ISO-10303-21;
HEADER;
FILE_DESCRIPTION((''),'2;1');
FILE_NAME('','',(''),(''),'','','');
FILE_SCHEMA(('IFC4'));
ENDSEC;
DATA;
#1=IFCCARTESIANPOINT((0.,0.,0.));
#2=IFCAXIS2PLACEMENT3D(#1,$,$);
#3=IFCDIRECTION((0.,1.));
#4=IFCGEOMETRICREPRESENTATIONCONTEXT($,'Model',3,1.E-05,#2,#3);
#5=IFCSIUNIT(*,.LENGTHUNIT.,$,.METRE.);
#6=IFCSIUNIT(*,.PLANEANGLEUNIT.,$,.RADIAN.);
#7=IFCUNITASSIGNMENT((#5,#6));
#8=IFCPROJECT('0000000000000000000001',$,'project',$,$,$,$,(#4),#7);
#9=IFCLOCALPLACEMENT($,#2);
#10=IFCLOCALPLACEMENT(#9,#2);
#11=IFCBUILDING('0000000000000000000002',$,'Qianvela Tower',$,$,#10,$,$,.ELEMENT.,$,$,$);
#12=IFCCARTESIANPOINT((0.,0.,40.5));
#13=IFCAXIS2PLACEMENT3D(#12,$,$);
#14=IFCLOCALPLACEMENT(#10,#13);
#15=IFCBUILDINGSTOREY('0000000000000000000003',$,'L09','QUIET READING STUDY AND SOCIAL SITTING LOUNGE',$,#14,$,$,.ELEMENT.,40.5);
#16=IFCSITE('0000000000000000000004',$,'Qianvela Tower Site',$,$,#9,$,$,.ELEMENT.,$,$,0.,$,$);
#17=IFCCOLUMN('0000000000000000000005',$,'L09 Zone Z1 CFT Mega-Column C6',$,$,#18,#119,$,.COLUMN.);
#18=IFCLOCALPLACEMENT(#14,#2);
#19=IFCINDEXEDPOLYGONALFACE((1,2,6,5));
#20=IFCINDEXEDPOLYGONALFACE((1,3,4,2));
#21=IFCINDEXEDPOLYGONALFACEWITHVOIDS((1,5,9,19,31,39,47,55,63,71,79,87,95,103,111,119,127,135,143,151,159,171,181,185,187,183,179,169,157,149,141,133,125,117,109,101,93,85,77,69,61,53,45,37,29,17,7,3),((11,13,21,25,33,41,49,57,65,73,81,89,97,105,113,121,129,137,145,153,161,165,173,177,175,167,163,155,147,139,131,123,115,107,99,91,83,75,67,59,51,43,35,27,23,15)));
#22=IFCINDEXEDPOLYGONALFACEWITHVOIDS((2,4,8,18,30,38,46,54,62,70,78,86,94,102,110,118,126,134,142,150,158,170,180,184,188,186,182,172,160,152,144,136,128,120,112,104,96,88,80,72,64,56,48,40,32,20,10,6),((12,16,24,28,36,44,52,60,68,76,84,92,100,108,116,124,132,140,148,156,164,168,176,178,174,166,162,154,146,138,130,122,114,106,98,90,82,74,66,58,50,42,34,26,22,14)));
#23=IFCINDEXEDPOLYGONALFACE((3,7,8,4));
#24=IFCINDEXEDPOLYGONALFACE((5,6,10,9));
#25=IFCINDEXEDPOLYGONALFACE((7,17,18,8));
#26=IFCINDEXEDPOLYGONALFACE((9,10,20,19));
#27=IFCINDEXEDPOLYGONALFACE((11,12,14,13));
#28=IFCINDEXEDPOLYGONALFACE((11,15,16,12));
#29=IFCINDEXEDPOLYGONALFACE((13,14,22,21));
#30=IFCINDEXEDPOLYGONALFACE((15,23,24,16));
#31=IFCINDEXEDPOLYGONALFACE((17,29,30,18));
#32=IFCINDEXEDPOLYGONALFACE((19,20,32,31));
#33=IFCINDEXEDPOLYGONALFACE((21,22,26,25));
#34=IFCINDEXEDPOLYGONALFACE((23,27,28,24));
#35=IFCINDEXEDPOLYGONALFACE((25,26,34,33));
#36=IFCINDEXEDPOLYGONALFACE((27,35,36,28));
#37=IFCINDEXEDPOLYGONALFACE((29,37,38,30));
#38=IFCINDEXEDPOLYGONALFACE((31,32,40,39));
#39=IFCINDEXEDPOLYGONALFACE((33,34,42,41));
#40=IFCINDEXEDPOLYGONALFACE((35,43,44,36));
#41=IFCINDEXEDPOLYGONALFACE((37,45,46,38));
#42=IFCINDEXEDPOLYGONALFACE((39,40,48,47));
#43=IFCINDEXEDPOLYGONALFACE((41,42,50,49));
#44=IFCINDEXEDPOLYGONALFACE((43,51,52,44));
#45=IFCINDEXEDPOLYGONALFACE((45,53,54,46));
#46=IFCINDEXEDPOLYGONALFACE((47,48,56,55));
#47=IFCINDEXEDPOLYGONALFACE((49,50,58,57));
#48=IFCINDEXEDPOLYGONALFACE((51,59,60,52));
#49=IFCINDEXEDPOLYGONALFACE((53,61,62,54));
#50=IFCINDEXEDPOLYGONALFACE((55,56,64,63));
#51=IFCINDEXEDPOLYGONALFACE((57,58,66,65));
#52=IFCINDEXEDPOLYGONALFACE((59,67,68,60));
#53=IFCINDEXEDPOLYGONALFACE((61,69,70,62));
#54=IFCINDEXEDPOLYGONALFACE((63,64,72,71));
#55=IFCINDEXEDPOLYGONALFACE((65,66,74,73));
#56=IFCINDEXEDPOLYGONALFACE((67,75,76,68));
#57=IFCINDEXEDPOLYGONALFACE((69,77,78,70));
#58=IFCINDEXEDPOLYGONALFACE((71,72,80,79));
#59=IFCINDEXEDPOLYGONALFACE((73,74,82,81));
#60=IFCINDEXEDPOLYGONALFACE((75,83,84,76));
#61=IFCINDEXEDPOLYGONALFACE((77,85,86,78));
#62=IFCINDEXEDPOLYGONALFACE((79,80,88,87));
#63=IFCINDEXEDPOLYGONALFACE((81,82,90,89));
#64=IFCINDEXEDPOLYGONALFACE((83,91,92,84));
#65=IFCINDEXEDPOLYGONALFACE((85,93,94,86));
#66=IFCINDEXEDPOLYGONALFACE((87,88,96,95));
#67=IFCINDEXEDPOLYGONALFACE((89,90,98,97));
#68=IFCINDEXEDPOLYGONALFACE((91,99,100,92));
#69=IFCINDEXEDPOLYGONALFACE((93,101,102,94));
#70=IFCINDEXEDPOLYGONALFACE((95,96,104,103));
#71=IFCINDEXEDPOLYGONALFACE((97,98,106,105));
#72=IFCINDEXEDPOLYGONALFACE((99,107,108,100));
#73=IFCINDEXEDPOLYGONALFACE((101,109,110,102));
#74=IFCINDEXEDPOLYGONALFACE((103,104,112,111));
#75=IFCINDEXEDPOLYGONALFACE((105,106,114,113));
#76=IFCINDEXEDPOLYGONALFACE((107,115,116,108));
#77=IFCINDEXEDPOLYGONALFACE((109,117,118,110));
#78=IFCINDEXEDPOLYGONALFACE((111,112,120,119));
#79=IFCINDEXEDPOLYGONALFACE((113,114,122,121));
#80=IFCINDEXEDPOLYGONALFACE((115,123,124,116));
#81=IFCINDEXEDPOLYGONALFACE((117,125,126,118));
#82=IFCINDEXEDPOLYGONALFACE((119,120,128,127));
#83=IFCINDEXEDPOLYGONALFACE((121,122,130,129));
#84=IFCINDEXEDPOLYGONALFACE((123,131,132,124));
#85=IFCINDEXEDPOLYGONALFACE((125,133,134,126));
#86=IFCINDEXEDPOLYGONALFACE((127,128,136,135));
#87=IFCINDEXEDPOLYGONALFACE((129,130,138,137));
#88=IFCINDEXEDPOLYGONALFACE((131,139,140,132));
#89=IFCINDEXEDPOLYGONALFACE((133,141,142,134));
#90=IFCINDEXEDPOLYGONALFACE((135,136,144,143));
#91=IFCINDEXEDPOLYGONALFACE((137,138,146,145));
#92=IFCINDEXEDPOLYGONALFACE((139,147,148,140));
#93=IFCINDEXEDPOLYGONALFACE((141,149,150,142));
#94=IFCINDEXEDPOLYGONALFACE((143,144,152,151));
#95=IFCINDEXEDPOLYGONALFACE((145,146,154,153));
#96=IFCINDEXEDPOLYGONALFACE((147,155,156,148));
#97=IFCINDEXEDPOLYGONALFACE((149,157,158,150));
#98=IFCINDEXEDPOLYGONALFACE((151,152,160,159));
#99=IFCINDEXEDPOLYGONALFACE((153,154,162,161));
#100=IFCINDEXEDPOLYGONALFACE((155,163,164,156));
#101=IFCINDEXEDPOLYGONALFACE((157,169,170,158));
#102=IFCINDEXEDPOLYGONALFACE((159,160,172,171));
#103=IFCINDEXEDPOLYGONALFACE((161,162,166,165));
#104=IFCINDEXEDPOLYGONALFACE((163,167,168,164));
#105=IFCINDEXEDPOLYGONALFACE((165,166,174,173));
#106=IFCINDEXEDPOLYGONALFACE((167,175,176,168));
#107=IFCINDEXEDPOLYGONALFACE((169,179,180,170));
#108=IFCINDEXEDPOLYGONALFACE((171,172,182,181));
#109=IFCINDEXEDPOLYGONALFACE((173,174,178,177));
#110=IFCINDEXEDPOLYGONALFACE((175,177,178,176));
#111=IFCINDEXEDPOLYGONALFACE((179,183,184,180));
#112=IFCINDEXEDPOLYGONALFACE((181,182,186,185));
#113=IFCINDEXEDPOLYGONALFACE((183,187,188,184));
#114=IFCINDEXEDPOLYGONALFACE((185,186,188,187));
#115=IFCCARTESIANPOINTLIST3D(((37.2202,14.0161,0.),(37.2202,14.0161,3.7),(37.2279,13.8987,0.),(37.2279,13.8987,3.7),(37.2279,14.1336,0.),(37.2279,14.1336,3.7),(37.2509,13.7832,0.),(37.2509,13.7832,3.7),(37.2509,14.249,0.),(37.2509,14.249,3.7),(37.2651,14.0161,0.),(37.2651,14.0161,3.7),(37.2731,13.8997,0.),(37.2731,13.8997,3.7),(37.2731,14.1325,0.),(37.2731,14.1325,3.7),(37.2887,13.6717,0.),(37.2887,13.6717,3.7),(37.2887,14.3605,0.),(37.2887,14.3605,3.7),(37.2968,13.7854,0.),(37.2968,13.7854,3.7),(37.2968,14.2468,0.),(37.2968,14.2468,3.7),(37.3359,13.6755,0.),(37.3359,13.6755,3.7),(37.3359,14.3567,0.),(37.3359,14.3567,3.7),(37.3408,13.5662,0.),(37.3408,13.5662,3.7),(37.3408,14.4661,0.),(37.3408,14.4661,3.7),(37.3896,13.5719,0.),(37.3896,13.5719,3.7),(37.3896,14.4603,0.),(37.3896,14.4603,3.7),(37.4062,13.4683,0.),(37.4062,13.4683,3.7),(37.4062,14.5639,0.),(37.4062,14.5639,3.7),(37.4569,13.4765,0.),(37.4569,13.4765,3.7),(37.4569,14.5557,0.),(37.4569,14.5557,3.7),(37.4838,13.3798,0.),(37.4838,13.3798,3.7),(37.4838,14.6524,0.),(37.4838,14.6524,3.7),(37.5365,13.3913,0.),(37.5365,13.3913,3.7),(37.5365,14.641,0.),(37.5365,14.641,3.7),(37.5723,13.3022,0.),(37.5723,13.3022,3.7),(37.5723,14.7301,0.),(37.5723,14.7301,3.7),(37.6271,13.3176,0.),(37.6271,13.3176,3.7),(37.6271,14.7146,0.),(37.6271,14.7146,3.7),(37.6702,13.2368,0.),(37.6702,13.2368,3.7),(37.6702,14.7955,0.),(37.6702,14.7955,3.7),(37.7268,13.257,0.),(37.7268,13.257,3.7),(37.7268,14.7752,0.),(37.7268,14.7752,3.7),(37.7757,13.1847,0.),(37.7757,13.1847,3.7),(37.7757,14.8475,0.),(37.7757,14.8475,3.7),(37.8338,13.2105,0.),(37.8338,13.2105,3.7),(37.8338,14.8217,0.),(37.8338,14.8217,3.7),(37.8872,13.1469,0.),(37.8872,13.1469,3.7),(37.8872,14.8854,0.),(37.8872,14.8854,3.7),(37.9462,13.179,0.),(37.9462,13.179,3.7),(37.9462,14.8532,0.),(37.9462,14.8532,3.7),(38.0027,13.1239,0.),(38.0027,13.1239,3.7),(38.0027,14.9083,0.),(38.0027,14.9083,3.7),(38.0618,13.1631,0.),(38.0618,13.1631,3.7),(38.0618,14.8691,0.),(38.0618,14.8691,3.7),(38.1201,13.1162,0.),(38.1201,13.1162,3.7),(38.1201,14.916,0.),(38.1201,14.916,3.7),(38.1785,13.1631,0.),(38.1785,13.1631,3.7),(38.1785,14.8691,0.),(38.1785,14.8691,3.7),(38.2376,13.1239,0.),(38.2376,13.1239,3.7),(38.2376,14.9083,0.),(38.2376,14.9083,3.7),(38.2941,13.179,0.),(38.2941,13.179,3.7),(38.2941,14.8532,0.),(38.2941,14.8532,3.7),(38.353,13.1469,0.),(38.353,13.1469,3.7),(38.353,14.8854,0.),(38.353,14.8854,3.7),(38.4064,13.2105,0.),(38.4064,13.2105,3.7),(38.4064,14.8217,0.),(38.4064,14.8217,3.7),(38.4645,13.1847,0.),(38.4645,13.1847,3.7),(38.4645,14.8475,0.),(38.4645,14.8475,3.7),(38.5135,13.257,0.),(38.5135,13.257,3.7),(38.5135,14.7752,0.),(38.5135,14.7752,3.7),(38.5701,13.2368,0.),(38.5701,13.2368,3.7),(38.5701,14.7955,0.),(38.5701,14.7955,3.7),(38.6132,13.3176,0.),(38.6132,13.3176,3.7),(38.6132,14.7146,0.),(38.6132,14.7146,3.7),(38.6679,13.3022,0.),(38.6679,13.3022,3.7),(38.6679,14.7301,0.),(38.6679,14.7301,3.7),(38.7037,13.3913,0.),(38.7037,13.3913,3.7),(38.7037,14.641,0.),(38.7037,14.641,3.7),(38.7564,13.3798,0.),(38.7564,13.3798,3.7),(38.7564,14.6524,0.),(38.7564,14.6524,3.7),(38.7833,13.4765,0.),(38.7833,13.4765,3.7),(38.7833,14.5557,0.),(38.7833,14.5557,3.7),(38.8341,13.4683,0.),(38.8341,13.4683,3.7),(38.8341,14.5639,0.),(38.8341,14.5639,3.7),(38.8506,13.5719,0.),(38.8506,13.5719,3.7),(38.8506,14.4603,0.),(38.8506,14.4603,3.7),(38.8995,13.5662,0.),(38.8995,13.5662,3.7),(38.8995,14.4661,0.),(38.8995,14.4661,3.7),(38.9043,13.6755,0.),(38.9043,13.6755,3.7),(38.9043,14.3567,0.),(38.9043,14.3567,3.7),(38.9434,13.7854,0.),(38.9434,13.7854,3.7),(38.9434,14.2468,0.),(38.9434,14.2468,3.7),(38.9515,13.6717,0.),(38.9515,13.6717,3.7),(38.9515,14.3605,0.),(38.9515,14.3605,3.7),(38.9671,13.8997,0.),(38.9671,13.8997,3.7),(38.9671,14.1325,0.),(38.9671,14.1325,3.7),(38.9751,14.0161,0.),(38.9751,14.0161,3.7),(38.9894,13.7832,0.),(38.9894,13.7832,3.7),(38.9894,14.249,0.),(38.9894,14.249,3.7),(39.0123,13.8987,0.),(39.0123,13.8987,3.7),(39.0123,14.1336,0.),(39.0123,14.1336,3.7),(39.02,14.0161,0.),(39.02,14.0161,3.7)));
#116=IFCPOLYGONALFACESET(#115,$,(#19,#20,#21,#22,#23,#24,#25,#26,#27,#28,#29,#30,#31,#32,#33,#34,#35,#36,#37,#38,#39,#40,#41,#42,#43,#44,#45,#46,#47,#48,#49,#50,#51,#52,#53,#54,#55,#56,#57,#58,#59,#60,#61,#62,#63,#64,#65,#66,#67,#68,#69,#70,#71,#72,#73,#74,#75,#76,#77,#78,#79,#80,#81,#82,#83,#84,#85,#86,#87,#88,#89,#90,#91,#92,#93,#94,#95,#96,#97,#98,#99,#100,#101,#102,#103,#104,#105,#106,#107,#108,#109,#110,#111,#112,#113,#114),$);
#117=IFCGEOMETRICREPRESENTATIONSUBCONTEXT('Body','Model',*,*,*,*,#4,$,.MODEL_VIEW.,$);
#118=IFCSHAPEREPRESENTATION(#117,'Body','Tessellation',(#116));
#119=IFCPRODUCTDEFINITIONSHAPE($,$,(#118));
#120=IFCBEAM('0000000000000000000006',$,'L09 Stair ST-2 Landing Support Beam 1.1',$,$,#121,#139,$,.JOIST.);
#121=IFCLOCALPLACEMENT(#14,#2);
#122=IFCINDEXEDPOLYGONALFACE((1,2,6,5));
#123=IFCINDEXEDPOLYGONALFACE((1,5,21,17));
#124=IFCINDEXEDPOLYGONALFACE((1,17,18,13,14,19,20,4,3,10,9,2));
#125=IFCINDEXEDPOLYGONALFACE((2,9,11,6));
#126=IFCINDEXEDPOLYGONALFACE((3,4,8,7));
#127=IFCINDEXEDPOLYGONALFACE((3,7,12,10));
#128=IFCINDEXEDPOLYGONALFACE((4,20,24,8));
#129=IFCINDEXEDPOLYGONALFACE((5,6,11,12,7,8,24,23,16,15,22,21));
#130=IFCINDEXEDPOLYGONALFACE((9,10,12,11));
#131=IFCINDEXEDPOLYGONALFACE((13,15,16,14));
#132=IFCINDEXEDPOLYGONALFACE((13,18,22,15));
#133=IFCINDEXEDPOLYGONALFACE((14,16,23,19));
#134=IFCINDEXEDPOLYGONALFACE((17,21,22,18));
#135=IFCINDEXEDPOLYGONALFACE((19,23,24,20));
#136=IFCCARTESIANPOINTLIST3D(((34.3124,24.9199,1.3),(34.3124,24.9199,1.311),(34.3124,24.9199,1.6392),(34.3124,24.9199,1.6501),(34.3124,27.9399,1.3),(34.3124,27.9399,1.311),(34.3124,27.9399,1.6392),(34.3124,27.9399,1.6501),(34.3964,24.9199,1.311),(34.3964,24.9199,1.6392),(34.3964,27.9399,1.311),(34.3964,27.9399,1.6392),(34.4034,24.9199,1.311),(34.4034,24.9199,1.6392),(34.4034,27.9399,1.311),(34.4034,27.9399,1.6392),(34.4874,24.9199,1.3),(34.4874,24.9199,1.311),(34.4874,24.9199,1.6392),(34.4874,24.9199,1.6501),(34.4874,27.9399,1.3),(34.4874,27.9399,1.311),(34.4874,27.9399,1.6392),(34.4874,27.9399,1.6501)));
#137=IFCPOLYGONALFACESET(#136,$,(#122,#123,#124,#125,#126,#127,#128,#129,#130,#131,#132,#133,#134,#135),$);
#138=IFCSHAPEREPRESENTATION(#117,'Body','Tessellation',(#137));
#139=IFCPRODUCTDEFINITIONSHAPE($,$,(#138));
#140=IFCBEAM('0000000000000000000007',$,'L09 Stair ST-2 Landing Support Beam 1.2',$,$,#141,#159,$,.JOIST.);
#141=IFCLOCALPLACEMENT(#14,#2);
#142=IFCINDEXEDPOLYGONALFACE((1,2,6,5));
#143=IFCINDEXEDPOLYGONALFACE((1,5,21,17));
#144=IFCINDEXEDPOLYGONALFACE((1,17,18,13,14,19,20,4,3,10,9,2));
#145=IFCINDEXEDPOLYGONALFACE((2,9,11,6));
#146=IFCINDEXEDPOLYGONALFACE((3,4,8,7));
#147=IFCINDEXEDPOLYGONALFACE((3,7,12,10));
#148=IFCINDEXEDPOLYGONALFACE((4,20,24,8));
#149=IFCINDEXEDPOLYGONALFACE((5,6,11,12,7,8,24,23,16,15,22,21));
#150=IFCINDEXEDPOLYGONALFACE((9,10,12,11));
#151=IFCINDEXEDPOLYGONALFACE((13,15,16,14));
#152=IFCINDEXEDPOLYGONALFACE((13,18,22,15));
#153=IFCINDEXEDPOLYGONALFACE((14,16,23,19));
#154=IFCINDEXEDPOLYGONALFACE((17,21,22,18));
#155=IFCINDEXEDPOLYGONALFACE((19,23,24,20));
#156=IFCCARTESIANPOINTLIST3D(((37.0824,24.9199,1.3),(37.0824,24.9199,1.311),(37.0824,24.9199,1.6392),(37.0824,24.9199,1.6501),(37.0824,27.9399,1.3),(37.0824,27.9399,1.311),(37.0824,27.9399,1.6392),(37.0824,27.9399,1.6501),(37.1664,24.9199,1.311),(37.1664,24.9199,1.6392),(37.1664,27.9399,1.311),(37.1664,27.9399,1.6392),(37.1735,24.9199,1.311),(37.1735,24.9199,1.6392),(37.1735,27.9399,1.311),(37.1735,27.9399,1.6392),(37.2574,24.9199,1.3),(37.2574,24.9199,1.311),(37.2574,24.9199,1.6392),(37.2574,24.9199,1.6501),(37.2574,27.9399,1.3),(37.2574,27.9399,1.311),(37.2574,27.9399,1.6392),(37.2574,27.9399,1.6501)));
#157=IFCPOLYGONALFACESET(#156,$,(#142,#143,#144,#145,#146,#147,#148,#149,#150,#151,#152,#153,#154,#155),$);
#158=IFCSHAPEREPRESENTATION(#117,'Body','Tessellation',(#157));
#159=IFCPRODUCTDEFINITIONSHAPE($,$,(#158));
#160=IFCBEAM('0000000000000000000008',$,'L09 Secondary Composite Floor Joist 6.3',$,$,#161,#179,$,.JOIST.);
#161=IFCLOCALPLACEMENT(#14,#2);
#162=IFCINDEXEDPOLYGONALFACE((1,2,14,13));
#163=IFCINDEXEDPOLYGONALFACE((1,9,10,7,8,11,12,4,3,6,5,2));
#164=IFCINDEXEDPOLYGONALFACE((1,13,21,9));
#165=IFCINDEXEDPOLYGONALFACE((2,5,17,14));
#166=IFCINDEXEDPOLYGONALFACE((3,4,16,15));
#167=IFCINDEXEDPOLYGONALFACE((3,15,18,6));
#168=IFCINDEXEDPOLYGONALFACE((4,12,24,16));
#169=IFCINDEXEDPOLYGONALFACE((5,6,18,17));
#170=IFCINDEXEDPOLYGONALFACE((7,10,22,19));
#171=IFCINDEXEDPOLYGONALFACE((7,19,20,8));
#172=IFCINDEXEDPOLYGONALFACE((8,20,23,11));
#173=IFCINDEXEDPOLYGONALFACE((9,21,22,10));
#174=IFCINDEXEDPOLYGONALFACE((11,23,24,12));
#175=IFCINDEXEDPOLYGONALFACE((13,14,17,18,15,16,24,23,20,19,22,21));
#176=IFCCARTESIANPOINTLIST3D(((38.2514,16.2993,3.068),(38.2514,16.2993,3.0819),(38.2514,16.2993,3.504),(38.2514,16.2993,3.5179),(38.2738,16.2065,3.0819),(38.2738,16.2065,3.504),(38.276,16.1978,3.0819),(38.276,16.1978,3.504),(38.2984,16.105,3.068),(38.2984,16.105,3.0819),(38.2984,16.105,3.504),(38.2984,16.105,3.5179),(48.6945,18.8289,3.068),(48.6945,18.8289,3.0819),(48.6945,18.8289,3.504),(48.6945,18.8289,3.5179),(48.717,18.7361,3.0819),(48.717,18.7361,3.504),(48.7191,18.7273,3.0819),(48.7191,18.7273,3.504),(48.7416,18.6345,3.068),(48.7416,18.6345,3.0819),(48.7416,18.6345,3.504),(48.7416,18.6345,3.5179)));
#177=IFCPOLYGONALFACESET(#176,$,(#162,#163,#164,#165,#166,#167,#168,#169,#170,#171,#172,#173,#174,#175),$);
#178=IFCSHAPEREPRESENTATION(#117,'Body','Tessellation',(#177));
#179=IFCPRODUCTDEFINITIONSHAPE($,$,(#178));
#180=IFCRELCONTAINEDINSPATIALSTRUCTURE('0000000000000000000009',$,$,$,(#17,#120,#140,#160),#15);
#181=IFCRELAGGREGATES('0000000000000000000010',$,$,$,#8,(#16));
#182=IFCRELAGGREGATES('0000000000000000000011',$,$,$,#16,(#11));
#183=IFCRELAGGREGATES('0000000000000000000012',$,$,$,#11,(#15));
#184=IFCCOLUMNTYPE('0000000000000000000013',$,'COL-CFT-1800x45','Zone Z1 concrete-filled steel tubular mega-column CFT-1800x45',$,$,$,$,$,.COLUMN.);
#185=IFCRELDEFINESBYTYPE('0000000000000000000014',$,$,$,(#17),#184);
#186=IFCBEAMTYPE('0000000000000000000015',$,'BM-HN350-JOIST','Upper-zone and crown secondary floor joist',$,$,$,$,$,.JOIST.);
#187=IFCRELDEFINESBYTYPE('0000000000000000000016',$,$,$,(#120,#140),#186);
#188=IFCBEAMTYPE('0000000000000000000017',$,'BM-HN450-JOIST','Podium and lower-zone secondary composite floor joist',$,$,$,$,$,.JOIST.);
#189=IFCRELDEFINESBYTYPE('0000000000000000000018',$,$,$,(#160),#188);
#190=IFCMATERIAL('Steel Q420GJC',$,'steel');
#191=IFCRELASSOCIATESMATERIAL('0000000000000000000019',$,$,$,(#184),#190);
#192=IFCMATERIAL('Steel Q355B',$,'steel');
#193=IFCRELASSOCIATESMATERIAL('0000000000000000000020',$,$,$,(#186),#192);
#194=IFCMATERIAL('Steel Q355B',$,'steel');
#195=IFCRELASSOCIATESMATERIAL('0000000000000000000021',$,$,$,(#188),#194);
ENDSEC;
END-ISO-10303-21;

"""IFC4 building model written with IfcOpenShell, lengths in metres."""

from ifc_helpers import new_model, si_unit, direction, frame, origin, origin_2d, place, context, subcontext, project, spatial, hollow_circle, i_section, extrude, material, material_profile, profile_set, type_object, element, save


model = new_model("IFC4")

# Units and contexts
model_context = context("Model", 3, precision=1e-05, world=origin(), true_north=direction((0.0, 1.0)))
body_context = subcontext(model_context, "Body", "Model", "MODEL_VIEW")
ifc_project = project(units=[si_unit("LENGTHUNIT", "METRE"), si_unit("PLANEANGLEUNIT", "RADIAN")], contexts=[model_context])

# Site, building, storey
site_placement = place(None, origin())
site = spatial("IfcSite", under=ifc_project, at=site_placement, Name="Qianvela Tower Site", CompositionType="ELEMENT", RefElevation=0.0)
building_placement = place(site_placement, origin())
building = spatial("IfcBuilding", under=site, at=building_placement, Name="Qianvela Tower", CompositionType="ELEMENT")
storey_placement = place(building_placement, frame((0.0, 0.0, 40.5)))
storey = spatial("IfcBuildingStorey", under=building, at=storey_placement, Name="L09", Description="QUIET READING STUDY AND SOCIAL SITTING LOUNGE", CompositionType="ELEMENT", Elevation=40.5)

# Column
ifc_material_1 = material(Name="Steel Q420GJC", Category="steel")
ifc_material_profile_1 = material_profile(ifc_material_1, hollow_circle(Radius=0.8999, WallThickness=0.0449, at=origin_2d()), Name="CFT-1800x45")
ifc_profile_set_1 = profile_set([ifc_material_profile_1], Name="Steel Q420GJC")
column_type = type_object("IfcColumnType", Name="COL-CFT-1800x45", Description="Zone Z1 concrete-filled steel tubular mega-column CFT-1800x45", PredefinedType="COLUMN", material=ifc_profile_set_1)
for number, where, z_axis, x_axis, name in (
    (1, (38.1201, 14.0161, 0.0), (0.0, 0.0, 1.0), (1.0, 0.0, 0.0), "L09 Zone Z1 CFT Mega-Column C6"),
):
    element("IfcColumn", number, at=place(storey_placement, frame(where, z_axis=z_axis, x_axis=x_axis)), inside=storey, type_object=column_type, Name=name, PredefinedType="COLUMN", context=body_context, shape_type="SweptSolid", body=[
        extrude(hollow_circle(Radius=0.8999, WallThickness=0.0449, at=origin_2d()), origin(), (0.0, 0.0, 1.0), 3.7),
    ])

# Beams
ifc_material_2 = material(Name="Steel Q355B", Category="steel")
ifc_material_profile_2 = material_profile(ifc_material_2, i_section(OverallWidth=0.175, OverallDepth=0.3501, WebThickness=0.0071, FlangeThickness=0.011, at=origin_2d()), Name="HN350x175x7x11")
ifc_profile_set_2 = profile_set([ifc_material_profile_2], Name="Steel Q355B")
beam_type_1 = type_object("IfcBeamType", Name="BM-HN350-JOIST", Description="Upper-zone and crown secondary floor joist", PredefinedType="JOIST", material=ifc_profile_set_2)
for number, where, z_axis, x_axis, name in (
    (2, (34.3999, 24.9199, 1.4751), (0.0, 1.0, 0.0), (-1.0, 0.0, 0.0), "L09 Stair ST-2 Landing Support Beam 1.1"),
    (3, (37.1699, 24.9199, 1.4751), (0.0, 1.0, 0.0), (-1.0, 0.0, 0.0), "L09 Stair ST-2 Landing Support Beam 1.2"),
):
    element("IfcBeam", number, at=place(storey_placement, frame(where, z_axis=z_axis, x_axis=x_axis)), inside=storey, type_object=beam_type_1, Name=name, PredefinedType="JOIST", context=body_context, shape_type="SweptSolid", body=[
        extrude(i_section(OverallWidth=0.175, OverallDepth=0.3501, WebThickness=0.0071, FlangeThickness=0.011, at=origin_2d()), origin(), (0.0, 0.0, 1.0), 3.02),
    ])
ifc_material_3 = material(Name="Steel Q355B", Category="steel")
ifc_material_profile_3 = material_profile(ifc_material_3, i_section(OverallWidth=0.2, OverallDepth=0.45, WebThickness=0.009, FlangeThickness=0.0139, at=origin_2d()), Name="HN450x200x9x14")
ifc_profile_set_3 = profile_set([ifc_material_profile_3], Name="Steel Q355B")
beam_type_2 = type_object("IfcBeamType", Name="BM-HN450-JOIST", Description="Podium and lower-zone secondary composite floor joist", PredefinedType="JOIST", material=ifc_profile_set_3)
beam_1_placement = place(storey_placement, frame((38.2749, 16.2021, 3.293), z_axis=(0.971895, 0.235413, 0.0), x_axis=(-0.235413, 0.971895, 0.0)))
element("IfcBeam", 4, at=beam_1_placement, inside=storey, type_object=beam_type_2, Name="L09 Secondary Composite Floor Joist 6.3", PredefinedType="JOIST", context=body_context, shape_type="SweptSolid", body=[
    extrude(i_section(OverallWidth=0.2, OverallDepth=0.45, WebThickness=0.009, FlangeThickness=0.0139, at=origin_2d()), origin(), (0.0, 0.0, 1.0), 10.7451),
])

save(model, "model.ifc")
